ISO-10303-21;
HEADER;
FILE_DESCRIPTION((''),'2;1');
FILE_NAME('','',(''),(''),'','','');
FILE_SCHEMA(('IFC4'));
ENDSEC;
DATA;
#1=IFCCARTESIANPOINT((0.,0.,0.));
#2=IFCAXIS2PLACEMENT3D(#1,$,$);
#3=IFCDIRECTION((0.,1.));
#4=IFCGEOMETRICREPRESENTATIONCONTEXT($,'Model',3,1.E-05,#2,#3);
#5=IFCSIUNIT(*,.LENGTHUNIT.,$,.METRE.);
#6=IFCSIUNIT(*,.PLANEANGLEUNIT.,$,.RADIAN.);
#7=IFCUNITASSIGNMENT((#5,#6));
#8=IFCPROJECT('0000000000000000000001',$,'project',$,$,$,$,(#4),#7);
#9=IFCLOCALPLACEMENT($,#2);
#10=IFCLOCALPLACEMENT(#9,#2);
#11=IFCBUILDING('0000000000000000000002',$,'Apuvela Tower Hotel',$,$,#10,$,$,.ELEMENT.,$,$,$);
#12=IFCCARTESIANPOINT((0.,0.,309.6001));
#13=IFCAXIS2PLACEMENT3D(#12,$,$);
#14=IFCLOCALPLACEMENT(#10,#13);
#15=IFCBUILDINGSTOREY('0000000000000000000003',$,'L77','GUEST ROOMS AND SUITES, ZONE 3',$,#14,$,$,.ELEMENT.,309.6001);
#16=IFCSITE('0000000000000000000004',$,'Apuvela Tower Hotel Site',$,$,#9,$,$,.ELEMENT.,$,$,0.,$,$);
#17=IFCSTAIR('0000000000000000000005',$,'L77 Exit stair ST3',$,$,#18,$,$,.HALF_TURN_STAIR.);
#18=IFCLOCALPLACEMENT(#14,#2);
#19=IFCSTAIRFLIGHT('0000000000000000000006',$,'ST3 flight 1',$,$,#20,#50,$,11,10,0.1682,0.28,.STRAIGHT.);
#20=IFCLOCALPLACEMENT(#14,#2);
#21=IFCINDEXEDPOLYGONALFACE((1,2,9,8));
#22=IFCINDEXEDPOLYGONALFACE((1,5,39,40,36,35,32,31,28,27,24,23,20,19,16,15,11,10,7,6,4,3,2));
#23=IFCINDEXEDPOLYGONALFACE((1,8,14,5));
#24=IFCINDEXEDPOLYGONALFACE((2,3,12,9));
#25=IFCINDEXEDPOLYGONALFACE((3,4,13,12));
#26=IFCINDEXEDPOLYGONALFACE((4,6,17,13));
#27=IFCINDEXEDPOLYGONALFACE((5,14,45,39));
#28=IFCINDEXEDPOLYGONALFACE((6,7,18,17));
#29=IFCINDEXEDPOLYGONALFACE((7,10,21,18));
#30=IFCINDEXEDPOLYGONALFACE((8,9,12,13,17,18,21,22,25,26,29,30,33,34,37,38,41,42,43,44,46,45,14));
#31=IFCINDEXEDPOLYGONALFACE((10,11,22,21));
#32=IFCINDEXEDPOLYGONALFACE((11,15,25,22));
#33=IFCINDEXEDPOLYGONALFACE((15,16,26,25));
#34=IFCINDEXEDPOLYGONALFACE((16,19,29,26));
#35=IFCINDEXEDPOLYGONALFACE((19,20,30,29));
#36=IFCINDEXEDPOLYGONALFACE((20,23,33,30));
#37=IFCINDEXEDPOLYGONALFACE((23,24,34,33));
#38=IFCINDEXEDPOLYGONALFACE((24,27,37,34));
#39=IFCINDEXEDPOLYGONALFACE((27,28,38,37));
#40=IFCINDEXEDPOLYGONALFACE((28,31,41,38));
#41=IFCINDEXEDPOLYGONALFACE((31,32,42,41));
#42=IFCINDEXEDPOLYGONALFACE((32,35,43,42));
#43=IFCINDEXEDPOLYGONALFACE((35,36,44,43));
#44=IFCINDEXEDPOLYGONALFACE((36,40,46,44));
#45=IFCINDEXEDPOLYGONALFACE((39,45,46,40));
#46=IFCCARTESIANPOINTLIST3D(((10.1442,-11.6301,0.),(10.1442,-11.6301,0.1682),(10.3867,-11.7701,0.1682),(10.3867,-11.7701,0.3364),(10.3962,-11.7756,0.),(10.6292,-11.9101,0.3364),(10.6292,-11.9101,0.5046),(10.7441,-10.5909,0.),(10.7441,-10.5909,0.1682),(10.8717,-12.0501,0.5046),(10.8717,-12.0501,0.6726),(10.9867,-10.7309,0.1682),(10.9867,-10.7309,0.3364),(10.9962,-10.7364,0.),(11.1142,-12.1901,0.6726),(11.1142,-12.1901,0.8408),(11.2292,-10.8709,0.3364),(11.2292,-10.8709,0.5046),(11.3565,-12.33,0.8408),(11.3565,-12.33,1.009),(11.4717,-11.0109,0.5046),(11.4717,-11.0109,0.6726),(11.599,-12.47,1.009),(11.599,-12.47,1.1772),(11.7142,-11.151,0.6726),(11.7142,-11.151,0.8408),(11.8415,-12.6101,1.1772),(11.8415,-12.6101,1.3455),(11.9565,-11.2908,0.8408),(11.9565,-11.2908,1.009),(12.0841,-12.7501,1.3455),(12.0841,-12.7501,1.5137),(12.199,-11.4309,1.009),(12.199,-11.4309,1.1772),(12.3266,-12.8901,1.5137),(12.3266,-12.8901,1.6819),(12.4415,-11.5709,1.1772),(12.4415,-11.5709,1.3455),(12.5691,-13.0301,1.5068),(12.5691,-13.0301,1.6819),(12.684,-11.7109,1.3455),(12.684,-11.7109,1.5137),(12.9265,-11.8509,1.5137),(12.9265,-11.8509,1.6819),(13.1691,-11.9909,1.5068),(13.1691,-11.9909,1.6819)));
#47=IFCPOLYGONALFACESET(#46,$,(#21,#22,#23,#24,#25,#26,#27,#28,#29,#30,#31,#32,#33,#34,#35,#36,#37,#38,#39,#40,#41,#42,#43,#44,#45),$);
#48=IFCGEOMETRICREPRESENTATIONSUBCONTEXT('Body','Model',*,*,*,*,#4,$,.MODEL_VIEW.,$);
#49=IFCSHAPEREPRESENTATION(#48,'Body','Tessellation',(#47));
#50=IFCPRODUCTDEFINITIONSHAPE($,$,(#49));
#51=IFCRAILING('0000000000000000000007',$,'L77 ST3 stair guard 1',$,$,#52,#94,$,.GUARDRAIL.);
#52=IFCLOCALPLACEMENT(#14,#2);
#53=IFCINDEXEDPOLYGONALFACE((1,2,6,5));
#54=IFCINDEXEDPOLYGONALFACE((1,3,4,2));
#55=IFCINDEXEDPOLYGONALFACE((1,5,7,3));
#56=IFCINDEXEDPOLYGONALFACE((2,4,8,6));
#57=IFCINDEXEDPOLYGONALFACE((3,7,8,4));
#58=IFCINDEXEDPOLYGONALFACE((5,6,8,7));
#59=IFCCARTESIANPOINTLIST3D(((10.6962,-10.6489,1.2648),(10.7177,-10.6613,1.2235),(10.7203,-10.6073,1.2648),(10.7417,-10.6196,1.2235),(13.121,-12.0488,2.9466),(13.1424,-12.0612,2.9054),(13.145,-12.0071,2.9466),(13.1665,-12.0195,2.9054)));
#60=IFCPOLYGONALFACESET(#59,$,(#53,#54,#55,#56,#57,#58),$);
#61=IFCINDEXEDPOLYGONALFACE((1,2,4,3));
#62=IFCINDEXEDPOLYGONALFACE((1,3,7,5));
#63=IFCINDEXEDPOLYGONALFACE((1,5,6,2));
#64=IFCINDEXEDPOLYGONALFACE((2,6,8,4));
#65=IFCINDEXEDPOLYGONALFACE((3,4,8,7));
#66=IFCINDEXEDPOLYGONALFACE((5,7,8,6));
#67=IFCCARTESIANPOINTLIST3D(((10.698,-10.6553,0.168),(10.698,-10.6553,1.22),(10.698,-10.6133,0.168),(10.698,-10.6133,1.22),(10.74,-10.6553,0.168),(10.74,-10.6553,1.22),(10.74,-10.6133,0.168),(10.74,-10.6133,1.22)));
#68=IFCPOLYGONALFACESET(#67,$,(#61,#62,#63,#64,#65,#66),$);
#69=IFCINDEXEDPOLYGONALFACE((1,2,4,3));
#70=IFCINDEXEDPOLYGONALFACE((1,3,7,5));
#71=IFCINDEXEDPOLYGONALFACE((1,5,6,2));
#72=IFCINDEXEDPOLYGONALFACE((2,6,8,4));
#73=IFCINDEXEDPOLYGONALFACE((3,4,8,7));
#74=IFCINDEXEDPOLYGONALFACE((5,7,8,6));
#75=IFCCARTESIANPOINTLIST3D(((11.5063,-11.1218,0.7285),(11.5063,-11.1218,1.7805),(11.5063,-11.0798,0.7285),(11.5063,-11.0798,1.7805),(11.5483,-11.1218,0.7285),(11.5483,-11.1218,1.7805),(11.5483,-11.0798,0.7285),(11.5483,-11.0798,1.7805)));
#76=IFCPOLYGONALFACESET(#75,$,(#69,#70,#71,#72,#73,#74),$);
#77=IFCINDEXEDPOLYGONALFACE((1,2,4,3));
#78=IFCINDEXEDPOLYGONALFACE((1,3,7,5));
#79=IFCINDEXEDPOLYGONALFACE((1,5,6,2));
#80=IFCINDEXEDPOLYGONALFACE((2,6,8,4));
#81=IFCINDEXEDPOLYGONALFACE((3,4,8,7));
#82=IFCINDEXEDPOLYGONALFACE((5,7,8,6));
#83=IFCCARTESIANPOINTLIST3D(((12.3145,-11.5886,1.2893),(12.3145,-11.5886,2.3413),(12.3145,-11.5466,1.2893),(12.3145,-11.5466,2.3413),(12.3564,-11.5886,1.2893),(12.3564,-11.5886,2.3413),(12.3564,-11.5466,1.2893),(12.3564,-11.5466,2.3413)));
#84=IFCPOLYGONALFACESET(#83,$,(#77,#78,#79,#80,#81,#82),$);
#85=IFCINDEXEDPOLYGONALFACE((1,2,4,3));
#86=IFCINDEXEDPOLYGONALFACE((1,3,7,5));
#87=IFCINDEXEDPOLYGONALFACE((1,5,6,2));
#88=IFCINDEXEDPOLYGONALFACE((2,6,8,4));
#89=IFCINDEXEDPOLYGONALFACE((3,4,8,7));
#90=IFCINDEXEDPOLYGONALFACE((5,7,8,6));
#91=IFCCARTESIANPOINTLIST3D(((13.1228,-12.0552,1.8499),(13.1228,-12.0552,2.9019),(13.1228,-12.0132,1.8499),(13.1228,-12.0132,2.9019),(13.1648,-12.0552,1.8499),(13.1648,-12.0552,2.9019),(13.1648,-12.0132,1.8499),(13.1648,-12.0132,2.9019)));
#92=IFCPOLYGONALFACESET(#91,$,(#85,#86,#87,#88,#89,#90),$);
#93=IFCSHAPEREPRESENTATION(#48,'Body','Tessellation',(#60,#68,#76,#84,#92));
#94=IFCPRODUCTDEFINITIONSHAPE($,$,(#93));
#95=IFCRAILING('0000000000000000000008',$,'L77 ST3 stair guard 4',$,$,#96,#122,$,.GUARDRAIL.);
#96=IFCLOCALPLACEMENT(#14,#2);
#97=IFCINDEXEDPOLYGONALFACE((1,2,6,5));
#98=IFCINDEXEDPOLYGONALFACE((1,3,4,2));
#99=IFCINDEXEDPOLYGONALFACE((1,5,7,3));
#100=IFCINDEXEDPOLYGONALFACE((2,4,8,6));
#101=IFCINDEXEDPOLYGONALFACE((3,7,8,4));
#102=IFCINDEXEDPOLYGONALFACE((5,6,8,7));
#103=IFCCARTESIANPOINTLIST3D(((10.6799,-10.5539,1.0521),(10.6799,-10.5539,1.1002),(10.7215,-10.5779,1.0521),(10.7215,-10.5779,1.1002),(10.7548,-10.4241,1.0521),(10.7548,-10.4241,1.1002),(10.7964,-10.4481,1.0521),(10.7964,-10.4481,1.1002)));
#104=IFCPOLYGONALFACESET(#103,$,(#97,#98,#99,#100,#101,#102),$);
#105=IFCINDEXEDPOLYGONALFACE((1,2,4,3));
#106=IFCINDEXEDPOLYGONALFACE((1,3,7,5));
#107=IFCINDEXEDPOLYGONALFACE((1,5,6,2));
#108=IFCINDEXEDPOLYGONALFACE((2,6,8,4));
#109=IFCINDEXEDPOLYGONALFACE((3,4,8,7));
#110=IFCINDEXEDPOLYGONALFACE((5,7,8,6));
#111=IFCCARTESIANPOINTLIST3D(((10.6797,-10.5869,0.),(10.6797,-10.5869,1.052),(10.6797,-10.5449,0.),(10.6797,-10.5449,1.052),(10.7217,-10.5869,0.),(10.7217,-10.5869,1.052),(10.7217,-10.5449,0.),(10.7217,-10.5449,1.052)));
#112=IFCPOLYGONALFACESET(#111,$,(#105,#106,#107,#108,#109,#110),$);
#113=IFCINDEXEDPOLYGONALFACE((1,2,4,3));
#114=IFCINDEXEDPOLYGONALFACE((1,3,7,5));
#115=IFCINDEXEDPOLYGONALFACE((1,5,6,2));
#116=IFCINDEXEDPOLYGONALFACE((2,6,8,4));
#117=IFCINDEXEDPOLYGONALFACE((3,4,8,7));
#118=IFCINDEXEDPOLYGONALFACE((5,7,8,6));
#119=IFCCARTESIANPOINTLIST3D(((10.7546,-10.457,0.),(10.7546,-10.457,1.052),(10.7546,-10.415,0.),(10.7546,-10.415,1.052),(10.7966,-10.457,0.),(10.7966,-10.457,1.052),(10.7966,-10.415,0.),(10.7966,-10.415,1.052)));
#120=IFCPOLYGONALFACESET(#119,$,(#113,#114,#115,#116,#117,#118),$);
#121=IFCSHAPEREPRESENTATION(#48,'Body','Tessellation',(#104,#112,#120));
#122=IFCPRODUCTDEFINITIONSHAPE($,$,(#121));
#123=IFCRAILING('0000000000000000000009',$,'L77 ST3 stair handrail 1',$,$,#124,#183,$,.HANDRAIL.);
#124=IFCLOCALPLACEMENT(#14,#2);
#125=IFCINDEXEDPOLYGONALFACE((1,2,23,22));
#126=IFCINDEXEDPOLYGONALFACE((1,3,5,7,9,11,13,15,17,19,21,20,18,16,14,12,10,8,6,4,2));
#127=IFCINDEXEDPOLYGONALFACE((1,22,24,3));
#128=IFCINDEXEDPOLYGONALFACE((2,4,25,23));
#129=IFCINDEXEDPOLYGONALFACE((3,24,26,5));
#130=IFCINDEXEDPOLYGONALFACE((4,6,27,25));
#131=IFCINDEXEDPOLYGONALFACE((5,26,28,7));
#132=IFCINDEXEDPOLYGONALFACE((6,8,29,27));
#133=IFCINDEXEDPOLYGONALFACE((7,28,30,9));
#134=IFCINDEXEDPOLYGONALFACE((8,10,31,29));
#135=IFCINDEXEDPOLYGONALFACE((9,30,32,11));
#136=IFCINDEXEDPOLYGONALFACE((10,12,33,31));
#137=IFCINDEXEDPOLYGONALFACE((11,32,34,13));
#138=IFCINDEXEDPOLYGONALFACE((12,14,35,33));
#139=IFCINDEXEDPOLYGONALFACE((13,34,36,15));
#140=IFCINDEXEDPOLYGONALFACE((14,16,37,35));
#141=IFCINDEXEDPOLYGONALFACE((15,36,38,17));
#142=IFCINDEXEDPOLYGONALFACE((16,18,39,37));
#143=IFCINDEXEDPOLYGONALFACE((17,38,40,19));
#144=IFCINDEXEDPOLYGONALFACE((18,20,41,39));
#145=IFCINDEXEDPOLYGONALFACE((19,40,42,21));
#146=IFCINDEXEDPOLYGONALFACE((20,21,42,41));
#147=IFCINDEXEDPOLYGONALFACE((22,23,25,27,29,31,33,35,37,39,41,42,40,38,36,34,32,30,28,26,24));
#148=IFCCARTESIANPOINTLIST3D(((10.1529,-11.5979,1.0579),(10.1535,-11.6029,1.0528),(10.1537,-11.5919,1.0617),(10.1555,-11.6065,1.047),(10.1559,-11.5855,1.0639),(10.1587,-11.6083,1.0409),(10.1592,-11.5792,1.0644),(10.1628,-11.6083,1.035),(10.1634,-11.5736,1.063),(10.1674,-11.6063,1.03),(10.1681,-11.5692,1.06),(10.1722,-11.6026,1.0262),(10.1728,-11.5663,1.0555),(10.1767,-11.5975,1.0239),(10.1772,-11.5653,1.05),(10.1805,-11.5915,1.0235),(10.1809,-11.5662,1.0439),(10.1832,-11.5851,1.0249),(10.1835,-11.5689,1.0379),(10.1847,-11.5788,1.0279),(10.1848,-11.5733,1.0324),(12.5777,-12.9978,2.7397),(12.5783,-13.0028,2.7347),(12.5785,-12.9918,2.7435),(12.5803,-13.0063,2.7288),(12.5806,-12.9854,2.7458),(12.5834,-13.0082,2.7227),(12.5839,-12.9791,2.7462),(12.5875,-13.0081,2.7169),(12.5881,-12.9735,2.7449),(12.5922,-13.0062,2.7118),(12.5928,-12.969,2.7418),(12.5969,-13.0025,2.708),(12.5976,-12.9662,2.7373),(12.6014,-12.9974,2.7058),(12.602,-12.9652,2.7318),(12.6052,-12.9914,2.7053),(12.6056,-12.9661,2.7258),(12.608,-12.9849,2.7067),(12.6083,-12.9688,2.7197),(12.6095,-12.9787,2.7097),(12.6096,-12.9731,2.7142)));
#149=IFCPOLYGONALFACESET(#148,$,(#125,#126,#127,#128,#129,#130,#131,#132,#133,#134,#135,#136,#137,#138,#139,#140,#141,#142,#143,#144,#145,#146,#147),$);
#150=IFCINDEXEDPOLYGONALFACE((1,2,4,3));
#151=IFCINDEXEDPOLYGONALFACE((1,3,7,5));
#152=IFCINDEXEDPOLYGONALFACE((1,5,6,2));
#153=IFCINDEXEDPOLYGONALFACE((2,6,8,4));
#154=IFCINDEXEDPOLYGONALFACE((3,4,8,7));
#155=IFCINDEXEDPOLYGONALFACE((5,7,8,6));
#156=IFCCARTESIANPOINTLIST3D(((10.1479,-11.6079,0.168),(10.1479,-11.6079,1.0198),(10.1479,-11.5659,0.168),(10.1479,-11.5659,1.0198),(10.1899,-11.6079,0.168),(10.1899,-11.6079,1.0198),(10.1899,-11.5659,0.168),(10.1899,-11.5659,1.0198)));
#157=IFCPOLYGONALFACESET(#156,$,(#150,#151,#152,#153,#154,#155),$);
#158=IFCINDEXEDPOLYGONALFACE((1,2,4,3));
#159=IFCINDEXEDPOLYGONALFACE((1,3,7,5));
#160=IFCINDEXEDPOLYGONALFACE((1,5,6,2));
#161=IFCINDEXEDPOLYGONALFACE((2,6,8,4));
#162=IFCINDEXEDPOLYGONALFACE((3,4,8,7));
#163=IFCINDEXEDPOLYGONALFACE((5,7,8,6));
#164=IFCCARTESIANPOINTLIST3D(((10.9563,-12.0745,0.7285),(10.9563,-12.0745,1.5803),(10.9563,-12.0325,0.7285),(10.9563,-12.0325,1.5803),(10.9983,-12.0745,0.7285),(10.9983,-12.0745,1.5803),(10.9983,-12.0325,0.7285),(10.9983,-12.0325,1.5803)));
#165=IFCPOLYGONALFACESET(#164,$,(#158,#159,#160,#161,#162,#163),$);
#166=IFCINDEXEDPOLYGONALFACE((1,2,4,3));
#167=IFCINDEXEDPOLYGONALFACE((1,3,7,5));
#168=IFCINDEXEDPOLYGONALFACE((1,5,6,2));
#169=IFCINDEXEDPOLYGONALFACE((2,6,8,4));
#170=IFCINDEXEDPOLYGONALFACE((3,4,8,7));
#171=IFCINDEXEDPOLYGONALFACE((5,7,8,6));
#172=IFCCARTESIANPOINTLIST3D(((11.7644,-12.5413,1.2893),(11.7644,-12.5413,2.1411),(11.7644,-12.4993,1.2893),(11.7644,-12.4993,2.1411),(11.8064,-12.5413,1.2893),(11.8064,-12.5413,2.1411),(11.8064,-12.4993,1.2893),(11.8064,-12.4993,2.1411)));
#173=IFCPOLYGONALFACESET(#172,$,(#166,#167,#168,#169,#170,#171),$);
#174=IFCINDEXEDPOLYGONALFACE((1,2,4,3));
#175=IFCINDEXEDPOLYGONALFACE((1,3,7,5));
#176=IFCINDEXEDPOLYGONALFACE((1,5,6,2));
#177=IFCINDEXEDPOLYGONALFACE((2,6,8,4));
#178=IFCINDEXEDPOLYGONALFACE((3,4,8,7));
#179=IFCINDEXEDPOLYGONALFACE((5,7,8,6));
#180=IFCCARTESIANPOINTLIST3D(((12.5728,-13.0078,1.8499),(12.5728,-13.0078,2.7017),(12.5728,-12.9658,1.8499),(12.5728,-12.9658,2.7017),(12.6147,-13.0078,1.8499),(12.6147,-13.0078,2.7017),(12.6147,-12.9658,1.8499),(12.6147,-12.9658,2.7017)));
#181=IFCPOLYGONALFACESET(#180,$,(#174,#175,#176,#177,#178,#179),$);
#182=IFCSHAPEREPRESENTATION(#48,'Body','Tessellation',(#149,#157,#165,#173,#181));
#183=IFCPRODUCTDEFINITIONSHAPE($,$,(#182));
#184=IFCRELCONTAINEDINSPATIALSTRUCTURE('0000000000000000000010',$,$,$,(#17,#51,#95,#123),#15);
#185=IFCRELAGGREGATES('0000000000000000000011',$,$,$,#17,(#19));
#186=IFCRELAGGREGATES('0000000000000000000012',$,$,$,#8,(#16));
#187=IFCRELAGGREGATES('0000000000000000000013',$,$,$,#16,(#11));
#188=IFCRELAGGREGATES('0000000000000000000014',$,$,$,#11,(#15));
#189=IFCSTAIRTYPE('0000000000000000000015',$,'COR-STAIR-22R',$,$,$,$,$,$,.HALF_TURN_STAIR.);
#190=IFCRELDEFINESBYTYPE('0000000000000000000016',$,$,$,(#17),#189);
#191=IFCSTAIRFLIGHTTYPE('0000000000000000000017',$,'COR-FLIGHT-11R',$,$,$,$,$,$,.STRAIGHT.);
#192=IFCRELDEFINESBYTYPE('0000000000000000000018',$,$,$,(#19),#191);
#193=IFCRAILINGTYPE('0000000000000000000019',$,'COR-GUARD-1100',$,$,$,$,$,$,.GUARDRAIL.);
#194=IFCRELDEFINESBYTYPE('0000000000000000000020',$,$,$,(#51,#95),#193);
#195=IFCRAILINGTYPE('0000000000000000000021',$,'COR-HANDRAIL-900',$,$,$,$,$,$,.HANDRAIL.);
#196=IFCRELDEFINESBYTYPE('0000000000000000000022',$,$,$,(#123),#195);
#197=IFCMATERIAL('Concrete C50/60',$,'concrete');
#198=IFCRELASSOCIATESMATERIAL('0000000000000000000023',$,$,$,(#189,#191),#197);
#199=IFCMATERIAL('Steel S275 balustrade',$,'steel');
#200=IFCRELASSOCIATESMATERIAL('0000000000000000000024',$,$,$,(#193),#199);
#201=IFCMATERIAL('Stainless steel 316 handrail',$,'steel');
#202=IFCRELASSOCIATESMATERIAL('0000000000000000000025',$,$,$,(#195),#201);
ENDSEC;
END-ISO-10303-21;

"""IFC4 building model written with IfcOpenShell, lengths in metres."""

from ifc_helpers import new_model, si_unit, direction, frame, origin, origin_2d, place, context, subcontext, project, spatial, polyline, rectangle, circle, outline, extrude, material, type_object, element, aggregate, save


model = new_model("IFC4")

# Units and contexts
model_context = context("Model", 3, precision=1e-05, world=origin(), true_north=direction((0.0, 1.0)))
body_context = subcontext(model_context, "Body", "Model", "MODEL_VIEW")
ifc_project = project(units=[si_unit("LENGTHUNIT", "METRE"), si_unit("PLANEANGLEUNIT", "RADIAN")], contexts=[model_context])

# Site, building, storey
site_placement = place(None, origin())
site = spatial("IfcSite", under=ifc_project, at=site_placement, Name="Apuvela Tower Hotel Site", CompositionType="ELEMENT", RefElevation=0.0)
building_placement = place(site_placement, origin())
building = spatial("IfcBuilding", under=site, at=building_placement, Name="Apuvela Tower Hotel", CompositionType="ELEMENT")
storey_placement = place(building_placement, frame((0.0, 0.0, 309.6001)))
storey = spatial("IfcBuildingStorey", under=building, at=storey_placement, Name="L77", Description="GUEST ROOMS AND SUITES, ZONE 3", CompositionType="ELEMENT", Elevation=309.6001)

# Shared definitions
ifc_material_1 = material(Name="Concrete C50/60", Category="concrete")

# Stair, stair flight
stair_type = type_object("IfcStairType", Name="COR-STAIR-22R", PredefinedType="HALF_TURN_STAIR", material=ifc_material_1)
stair_placement = place(storey_placement, origin())
stair = element("IfcStair", 1, at=stair_placement, inside=storey, type_object=stair_type, Name="L77 Exit stair ST3", PredefinedType="HALF_TURN_STAIR")
stair_flight_type = type_object("IfcStairFlightType", Name="COR-FLIGHT-11R", PredefinedType="STRAIGHT", material=ifc_material_1)
stair_flight_placement = place(storey_placement, frame((10.4441, -11.1106, 0.0), z_axis=(0.0, 0.0, 1.0), x_axis=(0.866025, -0.5, 0.0)))
stair_flight = element("IfcStairFlight", 2, at=stair_flight_placement, type_object=stair_flight_type, Name="ST3 flight 1", NumberOfRisers=11, NumberOfTreads=10, PredefinedType="STRAIGHT", RiserHeight=0.1682, TreadLength=0.28, context=body_context, shape_type="SweptSolid", body=[
    extrude(outline(polyline([(0.0, 0.0), (0.0, 0.1682), (0.28, 0.1682), (0.28, 0.3364), (0.5601, 0.3364), (0.5601, 0.5046), (0.8401, 0.5046), (0.8401, 0.6726), (1.1201, 0.6726), (1.1201, 0.8408), (1.3999, 0.8408), (1.3999, 1.009), (1.6799, 1.009), (1.6799, 1.1772), (1.96, 1.1772), (1.96, 1.3455), (2.24, 1.3455), (2.24, 1.5137), (2.52, 1.5137), (2.52, 1.6819), (2.8, 1.6819), (2.8, 1.8501), (2.8, 1.5068), (0.291, 0.0), (0.0, 0.0)])), frame((0.0, 0.6001, 0.0), z_axis=(0.0, -1.0, 0.0), x_axis=(1.0, 0.0, 0.0)), (0.0, 0.0, 1.0), 1.2),
])
aggregate(stair, [stair_flight])

# Railings
ifc_material_2 = material(Name="Steel S275 balustrade", Category="steel")
railing_type_1 = type_object("IfcRailingType", Name="COR-GUARD-1100", PredefinedType="GUARDRAIL", material=ifc_material_2)
railing_1_placement = place(storey_placement, frame((10.719, -10.6343, 0.168)))
element("IfcRailing", 3, at=railing_1_placement, inside=storey, type_object=railing_type_1, Name="L77 ST3 stair guard 1", PredefinedType="GUARDRAIL", context=body_context, shape_type="SweptSolid", body=[
    extrude(rectangle(XDim=0.0481, YDim=0.0481, at=origin_2d()), frame((0.0, 0.0, 1.0762), z_axis=(0.74239, -0.428601, 0.514934), x_axis=(0.499984, 0.866035, 0.0)), (0.0, 0.0, 1.0), 3.2661),
    extrude(rectangle(XDim=0.042, YDim=0.042, at=origin_2d()), origin(), (0.0, 0.0, 1.0), 1.052),
    extrude(rectangle(XDim=0.042, YDim=0.042, at=origin_2d()), frame((0.8083, -0.4666, 0.5605)), (0.0, 0.0, 1.0), 1.052),
    extrude(rectangle(XDim=0.042, YDim=0.042, at=origin_2d()), frame((1.6165, -0.9333, 1.1213)), (0.0, 0.0, 1.0), 1.052),
    extrude(rectangle(XDim=0.042, YDim=0.042, at=origin_2d()), frame((2.4248, -1.3999, 1.6819)), (0.0, 0.0, 1.0), 1.052),
])
railing_2_placement = place(storey_placement, frame((10.7007, -10.5659, 0.0)))
element("IfcRailing", 4, at=railing_2_placement, inside=storey, type_object=railing_type_1, Name="L77 ST3 stair guard 4", PredefinedType="GUARDRAIL", context=body_context, shape_type="SweptSolid", body=[
    extrude(rectangle(XDim=0.0481, YDim=0.0481, at=origin_2d()), frame((0.0, 0.0, 1.0762), z_axis=(0.499816, 0.866131, 0.0), x_axis=(-0.866131, 0.499816, 0.0)), (0.0, 0.0, 1.0), 0.1499),
    extrude(rectangle(XDim=0.042, YDim=0.042, at=origin_2d()), origin(), (0.0, 0.0, 1.0), 1.052),
    extrude(rectangle(XDim=0.042, YDim=0.042, at=origin_2d()), frame((0.075, 0.1299, 0.0)), (0.0, 0.0, 1.0), 1.052),
])
ifc_material_3 = material(Name="Stainless steel 316 handrail", Category="steel")
railing_type_2 = type_object("IfcRailingType", Name="COR-HANDRAIL-900", PredefinedType="HANDRAIL", material=ifc_material_3)
railing_3_placement = place(storey_placement, frame((10.1689, -11.5869, 0.168)))
element("IfcRailing", 5, at=railing_3_placement, inside=storey, type_object=railing_type_2, Name="L77 ST3 stair handrail 1", PredefinedType="HANDRAIL", context=body_context, shape_type="SweptSolid", body=[
    extrude(circle(Radius=0.0239, at=origin_2d()), frame((0.0, 0.0, 0.876), z_axis=(0.74239, -0.428601, 0.514934), x_axis=(0.499984, 0.866035, 0.0)), (0.0, 0.0, 1.0), 3.2661),
    extrude(rectangle(XDim=0.042, YDim=0.042, at=origin_2d()), origin(), (0.0, 0.0, 1.0), 0.8518),
    extrude(rectangle(XDim=0.042, YDim=0.042, at=origin_2d()), frame((0.8083, -0.4666, 0.5605)), (0.0, 0.0, 1.0), 0.8518),
    extrude(rectangle(XDim=0.042, YDim=0.042, at=origin_2d()), frame((1.6165, -0.9333, 1.1213)), (0.0, 0.0, 1.0), 0.8518),
    extrude(rectangle(XDim=0.042, YDim=0.042, at=origin_2d()), frame((2.4248, -1.3999, 1.6819)), (0.0, 0.0, 1.0), 0.8518),
])

save(model, "model.ifc")
